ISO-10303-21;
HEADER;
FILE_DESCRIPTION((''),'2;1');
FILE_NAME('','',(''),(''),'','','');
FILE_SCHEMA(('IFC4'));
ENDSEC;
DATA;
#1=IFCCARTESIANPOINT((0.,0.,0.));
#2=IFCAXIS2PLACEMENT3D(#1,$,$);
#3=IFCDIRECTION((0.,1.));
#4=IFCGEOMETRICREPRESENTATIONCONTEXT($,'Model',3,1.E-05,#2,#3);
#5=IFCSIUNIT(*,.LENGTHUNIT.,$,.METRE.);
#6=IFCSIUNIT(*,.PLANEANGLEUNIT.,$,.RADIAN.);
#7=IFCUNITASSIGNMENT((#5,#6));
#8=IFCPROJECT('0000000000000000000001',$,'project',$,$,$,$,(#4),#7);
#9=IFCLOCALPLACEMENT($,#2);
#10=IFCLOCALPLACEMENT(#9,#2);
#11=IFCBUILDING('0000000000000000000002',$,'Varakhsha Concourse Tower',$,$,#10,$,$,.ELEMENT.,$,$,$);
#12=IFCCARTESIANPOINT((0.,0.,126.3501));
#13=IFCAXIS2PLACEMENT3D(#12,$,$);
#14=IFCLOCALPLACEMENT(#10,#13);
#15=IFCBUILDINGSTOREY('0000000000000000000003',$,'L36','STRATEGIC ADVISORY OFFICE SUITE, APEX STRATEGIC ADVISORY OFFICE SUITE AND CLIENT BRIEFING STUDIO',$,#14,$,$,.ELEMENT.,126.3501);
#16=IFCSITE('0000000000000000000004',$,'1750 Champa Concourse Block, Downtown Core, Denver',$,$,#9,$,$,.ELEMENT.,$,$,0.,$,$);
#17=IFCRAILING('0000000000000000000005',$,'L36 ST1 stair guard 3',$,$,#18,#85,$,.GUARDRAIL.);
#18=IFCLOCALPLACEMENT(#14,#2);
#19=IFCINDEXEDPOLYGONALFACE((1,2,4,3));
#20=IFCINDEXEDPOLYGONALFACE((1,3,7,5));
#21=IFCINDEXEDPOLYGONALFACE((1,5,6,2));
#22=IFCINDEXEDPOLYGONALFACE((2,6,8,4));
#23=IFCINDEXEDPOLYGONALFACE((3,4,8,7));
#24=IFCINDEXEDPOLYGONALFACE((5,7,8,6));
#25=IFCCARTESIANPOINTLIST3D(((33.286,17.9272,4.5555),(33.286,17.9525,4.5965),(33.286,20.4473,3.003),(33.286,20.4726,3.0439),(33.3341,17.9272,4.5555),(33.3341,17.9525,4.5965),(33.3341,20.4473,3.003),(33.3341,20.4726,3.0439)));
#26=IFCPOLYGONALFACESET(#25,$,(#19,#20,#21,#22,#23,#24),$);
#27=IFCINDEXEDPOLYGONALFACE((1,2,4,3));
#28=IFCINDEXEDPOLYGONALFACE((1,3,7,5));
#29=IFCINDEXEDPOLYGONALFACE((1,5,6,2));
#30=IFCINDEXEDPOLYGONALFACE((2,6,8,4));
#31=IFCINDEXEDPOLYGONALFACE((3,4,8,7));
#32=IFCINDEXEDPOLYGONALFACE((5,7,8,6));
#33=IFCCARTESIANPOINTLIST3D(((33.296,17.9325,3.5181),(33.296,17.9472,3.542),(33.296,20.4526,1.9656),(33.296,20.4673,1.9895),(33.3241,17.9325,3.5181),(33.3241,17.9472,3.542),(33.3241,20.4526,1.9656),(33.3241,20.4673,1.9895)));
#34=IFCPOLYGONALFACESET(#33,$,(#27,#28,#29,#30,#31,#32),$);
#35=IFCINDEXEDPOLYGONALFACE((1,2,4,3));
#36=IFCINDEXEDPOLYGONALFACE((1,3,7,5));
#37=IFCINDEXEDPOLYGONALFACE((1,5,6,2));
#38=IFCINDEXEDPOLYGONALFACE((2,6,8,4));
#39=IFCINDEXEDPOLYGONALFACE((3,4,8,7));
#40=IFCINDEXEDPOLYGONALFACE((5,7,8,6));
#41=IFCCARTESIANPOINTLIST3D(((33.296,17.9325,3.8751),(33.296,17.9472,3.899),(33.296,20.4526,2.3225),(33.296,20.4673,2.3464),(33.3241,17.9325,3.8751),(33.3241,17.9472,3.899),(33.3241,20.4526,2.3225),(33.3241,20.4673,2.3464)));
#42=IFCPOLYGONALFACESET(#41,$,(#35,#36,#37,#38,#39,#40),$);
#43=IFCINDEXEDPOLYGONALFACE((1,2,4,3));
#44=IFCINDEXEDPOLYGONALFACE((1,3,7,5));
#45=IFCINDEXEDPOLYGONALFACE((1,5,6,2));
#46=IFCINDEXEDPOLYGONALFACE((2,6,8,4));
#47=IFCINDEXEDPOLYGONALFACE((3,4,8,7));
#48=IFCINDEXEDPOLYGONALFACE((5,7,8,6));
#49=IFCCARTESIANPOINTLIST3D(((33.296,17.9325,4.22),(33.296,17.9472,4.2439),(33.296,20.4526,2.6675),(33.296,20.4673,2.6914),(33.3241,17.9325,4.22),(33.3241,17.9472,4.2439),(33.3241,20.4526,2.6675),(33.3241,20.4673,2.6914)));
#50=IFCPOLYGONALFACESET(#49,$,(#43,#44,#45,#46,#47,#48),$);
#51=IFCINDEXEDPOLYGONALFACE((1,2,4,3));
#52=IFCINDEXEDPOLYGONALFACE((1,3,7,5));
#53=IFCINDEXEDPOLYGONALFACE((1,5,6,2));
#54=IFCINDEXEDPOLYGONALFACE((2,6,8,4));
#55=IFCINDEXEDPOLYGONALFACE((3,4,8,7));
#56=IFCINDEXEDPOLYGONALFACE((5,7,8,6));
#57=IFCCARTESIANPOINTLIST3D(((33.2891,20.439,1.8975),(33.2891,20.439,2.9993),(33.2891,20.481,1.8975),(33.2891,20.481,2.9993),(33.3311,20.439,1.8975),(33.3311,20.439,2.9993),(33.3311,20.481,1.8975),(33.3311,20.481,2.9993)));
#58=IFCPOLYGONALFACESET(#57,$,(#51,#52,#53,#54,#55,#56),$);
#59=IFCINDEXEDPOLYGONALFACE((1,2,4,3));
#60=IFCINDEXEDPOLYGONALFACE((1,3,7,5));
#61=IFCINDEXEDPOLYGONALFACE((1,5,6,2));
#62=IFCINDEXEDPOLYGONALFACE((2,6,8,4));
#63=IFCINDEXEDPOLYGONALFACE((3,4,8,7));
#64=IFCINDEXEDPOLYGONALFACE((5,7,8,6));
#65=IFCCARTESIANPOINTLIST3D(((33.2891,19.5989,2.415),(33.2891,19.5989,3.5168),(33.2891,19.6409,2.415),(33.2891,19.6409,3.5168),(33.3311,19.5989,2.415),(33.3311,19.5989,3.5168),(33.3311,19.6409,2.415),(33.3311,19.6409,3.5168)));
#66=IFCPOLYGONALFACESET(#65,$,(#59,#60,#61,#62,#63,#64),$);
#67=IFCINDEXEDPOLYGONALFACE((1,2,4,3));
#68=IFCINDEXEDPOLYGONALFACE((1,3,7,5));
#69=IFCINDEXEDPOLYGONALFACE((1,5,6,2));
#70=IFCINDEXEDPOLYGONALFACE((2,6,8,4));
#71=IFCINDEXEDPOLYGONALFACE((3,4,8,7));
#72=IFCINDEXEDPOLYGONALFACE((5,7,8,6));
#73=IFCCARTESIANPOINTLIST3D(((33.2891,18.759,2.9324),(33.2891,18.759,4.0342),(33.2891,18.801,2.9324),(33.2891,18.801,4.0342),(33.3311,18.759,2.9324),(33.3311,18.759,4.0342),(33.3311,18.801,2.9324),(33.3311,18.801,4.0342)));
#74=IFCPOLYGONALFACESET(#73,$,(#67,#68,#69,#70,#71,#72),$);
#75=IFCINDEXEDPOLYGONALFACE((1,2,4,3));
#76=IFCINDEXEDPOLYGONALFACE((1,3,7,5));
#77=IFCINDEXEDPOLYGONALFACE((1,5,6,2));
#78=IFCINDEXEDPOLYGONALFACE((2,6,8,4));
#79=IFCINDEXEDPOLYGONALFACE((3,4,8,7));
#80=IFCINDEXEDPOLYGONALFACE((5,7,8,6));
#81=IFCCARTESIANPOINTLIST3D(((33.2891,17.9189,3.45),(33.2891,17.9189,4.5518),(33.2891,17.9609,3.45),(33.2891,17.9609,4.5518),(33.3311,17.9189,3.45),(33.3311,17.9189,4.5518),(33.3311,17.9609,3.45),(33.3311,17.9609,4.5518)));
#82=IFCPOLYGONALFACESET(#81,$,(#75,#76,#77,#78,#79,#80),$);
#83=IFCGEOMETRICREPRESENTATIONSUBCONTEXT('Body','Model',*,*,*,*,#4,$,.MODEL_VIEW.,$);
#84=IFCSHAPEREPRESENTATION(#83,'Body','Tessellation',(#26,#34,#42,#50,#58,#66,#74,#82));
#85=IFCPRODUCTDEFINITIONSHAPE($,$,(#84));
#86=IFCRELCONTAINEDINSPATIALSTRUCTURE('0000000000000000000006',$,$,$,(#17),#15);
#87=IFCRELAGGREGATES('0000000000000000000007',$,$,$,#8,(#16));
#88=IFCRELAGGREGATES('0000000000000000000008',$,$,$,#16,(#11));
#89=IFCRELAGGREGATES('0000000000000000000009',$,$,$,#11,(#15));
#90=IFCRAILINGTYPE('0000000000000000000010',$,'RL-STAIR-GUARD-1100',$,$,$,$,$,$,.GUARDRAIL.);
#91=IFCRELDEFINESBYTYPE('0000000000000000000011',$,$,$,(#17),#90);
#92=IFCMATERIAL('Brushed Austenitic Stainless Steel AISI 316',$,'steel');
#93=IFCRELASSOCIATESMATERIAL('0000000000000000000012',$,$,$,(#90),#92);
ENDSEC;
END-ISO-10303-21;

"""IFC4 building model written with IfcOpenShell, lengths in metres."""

from ifc_helpers import new_model, si_unit, direction, frame, origin, origin_2d, place, context, subcontext, project, spatial, rectangle, extrude, material, type_object, element, save


model = new_model("IFC4")

# Units and contexts
model_context = context("Model", 3, precision=1e-05, world=origin(), true_north=direction((0.0, 1.0)))
body_context = subcontext(model_context, "Body", "Model", "MODEL_VIEW")
ifc_project = project(units=[si_unit("LENGTHUNIT", "METRE"), si_unit("PLANEANGLEUNIT", "RADIAN")], contexts=[model_context])

# Site, building, storey
site_placement = place(None, origin())
site = spatial("IfcSite", under=ifc_project, at=site_placement, Name="1750 Champa Concourse Block, Downtown Core, Denver", CompositionType="ELEMENT", RefElevation=0.0)
building_placement = place(site_placement, origin())
building = spatial("IfcBuilding", under=site, at=building_placement, Name="Varakhsha Concourse Tower", CompositionType="ELEMENT")
storey_placement = place(building_placement, frame((0.0, 0.0, 126.3501)))
storey = spatial("IfcBuildingStorey", under=building, at=storey_placement, Name="L36", Description="STRATEGIC ADVISORY OFFICE SUITE, APEX STRATEGIC ADVISORY OFFICE SUITE AND CLIENT BRIEFING STUDIO", CompositionType="ELEMENT", Elevation=126.3501)

# Shared definitions
ifc_material_1 = material(Name="Brushed Austenitic Stainless Steel AISI 316", Category="steel")

# Railing
railing_type = type_object("IfcRailingType", Name="RL-STAIR-GUARD-1100", PredefinedType="GUARDRAIL", material=ifc_material_1)
railing_1_placement = place(storey_placement, frame((33.3101, 20.46, 1.8975)))
element("IfcRailing", 1, at=railing_1_placement, inside=storey, type_object=railing_type, Name="L36 ST1 stair guard 3", PredefinedType="GUARDRAIL", context=body_context, shape_type="SweptSolid", body=[
    extrude(rectangle(XDim=0.0481, YDim=0.0481, at=origin_2d()), frame((0.0, 0.0, 1.126), z_axis=(0.0, -0.8514, 0.524516), x_axis=(1.0, 0.0, 0.0)), (0.0, 0.0, 1.0), 2.96),
    extrude(rectangle(XDim=0.0281, YDim=0.0281, at=origin_2d()), frame((0.0, 0.0, 0.0801), z_axis=(0.0, -0.8514, 0.524516), x_axis=(1.0, 0.0, 0.0)), (0.0, 0.0, 1.0), 2.96),
    extrude(rectangle(XDim=0.0281, YDim=0.0281, at=origin_2d()), frame((0.0, 0.0, 0.437), z_axis=(0.0, -0.8514, 0.524516), x_axis=(1.0, 0.0, 0.0)), (0.0, 0.0, 1.0), 2.96),
    extrude(rectangle(XDim=0.0281, YDim=0.0281, at=origin_2d()), frame((0.0, 0.0, 0.782), z_axis=(0.0, -0.8514, 0.524516), x_axis=(1.0, 0.0, 0.0)), (0.0, 0.0, 1.0), 2.96),
    extrude(rectangle(XDim=0.042, YDim=0.042, at=origin_2d()), origin(), (0.0, 0.0, 1.0), 1.1018),
    extrude(rectangle(XDim=0.042, YDim=0.042, at=origin_2d()), frame((0.0, -0.8401, 0.5176)), (0.0, 0.0, 1.0), 1.1018),
    extrude(rectangle(XDim=0.042, YDim=0.042, at=origin_2d()), frame((0.0, -1.6799, 1.0349)), (0.0, 0.0, 1.0), 1.1018),
    extrude(rectangle(XDim=0.042, YDim=0.042, at=origin_2d()), frame((0.0, -2.52, 1.5525)), (0.0, 0.0, 1.0), 1.1018),
])

save(model, "model.ifc")
